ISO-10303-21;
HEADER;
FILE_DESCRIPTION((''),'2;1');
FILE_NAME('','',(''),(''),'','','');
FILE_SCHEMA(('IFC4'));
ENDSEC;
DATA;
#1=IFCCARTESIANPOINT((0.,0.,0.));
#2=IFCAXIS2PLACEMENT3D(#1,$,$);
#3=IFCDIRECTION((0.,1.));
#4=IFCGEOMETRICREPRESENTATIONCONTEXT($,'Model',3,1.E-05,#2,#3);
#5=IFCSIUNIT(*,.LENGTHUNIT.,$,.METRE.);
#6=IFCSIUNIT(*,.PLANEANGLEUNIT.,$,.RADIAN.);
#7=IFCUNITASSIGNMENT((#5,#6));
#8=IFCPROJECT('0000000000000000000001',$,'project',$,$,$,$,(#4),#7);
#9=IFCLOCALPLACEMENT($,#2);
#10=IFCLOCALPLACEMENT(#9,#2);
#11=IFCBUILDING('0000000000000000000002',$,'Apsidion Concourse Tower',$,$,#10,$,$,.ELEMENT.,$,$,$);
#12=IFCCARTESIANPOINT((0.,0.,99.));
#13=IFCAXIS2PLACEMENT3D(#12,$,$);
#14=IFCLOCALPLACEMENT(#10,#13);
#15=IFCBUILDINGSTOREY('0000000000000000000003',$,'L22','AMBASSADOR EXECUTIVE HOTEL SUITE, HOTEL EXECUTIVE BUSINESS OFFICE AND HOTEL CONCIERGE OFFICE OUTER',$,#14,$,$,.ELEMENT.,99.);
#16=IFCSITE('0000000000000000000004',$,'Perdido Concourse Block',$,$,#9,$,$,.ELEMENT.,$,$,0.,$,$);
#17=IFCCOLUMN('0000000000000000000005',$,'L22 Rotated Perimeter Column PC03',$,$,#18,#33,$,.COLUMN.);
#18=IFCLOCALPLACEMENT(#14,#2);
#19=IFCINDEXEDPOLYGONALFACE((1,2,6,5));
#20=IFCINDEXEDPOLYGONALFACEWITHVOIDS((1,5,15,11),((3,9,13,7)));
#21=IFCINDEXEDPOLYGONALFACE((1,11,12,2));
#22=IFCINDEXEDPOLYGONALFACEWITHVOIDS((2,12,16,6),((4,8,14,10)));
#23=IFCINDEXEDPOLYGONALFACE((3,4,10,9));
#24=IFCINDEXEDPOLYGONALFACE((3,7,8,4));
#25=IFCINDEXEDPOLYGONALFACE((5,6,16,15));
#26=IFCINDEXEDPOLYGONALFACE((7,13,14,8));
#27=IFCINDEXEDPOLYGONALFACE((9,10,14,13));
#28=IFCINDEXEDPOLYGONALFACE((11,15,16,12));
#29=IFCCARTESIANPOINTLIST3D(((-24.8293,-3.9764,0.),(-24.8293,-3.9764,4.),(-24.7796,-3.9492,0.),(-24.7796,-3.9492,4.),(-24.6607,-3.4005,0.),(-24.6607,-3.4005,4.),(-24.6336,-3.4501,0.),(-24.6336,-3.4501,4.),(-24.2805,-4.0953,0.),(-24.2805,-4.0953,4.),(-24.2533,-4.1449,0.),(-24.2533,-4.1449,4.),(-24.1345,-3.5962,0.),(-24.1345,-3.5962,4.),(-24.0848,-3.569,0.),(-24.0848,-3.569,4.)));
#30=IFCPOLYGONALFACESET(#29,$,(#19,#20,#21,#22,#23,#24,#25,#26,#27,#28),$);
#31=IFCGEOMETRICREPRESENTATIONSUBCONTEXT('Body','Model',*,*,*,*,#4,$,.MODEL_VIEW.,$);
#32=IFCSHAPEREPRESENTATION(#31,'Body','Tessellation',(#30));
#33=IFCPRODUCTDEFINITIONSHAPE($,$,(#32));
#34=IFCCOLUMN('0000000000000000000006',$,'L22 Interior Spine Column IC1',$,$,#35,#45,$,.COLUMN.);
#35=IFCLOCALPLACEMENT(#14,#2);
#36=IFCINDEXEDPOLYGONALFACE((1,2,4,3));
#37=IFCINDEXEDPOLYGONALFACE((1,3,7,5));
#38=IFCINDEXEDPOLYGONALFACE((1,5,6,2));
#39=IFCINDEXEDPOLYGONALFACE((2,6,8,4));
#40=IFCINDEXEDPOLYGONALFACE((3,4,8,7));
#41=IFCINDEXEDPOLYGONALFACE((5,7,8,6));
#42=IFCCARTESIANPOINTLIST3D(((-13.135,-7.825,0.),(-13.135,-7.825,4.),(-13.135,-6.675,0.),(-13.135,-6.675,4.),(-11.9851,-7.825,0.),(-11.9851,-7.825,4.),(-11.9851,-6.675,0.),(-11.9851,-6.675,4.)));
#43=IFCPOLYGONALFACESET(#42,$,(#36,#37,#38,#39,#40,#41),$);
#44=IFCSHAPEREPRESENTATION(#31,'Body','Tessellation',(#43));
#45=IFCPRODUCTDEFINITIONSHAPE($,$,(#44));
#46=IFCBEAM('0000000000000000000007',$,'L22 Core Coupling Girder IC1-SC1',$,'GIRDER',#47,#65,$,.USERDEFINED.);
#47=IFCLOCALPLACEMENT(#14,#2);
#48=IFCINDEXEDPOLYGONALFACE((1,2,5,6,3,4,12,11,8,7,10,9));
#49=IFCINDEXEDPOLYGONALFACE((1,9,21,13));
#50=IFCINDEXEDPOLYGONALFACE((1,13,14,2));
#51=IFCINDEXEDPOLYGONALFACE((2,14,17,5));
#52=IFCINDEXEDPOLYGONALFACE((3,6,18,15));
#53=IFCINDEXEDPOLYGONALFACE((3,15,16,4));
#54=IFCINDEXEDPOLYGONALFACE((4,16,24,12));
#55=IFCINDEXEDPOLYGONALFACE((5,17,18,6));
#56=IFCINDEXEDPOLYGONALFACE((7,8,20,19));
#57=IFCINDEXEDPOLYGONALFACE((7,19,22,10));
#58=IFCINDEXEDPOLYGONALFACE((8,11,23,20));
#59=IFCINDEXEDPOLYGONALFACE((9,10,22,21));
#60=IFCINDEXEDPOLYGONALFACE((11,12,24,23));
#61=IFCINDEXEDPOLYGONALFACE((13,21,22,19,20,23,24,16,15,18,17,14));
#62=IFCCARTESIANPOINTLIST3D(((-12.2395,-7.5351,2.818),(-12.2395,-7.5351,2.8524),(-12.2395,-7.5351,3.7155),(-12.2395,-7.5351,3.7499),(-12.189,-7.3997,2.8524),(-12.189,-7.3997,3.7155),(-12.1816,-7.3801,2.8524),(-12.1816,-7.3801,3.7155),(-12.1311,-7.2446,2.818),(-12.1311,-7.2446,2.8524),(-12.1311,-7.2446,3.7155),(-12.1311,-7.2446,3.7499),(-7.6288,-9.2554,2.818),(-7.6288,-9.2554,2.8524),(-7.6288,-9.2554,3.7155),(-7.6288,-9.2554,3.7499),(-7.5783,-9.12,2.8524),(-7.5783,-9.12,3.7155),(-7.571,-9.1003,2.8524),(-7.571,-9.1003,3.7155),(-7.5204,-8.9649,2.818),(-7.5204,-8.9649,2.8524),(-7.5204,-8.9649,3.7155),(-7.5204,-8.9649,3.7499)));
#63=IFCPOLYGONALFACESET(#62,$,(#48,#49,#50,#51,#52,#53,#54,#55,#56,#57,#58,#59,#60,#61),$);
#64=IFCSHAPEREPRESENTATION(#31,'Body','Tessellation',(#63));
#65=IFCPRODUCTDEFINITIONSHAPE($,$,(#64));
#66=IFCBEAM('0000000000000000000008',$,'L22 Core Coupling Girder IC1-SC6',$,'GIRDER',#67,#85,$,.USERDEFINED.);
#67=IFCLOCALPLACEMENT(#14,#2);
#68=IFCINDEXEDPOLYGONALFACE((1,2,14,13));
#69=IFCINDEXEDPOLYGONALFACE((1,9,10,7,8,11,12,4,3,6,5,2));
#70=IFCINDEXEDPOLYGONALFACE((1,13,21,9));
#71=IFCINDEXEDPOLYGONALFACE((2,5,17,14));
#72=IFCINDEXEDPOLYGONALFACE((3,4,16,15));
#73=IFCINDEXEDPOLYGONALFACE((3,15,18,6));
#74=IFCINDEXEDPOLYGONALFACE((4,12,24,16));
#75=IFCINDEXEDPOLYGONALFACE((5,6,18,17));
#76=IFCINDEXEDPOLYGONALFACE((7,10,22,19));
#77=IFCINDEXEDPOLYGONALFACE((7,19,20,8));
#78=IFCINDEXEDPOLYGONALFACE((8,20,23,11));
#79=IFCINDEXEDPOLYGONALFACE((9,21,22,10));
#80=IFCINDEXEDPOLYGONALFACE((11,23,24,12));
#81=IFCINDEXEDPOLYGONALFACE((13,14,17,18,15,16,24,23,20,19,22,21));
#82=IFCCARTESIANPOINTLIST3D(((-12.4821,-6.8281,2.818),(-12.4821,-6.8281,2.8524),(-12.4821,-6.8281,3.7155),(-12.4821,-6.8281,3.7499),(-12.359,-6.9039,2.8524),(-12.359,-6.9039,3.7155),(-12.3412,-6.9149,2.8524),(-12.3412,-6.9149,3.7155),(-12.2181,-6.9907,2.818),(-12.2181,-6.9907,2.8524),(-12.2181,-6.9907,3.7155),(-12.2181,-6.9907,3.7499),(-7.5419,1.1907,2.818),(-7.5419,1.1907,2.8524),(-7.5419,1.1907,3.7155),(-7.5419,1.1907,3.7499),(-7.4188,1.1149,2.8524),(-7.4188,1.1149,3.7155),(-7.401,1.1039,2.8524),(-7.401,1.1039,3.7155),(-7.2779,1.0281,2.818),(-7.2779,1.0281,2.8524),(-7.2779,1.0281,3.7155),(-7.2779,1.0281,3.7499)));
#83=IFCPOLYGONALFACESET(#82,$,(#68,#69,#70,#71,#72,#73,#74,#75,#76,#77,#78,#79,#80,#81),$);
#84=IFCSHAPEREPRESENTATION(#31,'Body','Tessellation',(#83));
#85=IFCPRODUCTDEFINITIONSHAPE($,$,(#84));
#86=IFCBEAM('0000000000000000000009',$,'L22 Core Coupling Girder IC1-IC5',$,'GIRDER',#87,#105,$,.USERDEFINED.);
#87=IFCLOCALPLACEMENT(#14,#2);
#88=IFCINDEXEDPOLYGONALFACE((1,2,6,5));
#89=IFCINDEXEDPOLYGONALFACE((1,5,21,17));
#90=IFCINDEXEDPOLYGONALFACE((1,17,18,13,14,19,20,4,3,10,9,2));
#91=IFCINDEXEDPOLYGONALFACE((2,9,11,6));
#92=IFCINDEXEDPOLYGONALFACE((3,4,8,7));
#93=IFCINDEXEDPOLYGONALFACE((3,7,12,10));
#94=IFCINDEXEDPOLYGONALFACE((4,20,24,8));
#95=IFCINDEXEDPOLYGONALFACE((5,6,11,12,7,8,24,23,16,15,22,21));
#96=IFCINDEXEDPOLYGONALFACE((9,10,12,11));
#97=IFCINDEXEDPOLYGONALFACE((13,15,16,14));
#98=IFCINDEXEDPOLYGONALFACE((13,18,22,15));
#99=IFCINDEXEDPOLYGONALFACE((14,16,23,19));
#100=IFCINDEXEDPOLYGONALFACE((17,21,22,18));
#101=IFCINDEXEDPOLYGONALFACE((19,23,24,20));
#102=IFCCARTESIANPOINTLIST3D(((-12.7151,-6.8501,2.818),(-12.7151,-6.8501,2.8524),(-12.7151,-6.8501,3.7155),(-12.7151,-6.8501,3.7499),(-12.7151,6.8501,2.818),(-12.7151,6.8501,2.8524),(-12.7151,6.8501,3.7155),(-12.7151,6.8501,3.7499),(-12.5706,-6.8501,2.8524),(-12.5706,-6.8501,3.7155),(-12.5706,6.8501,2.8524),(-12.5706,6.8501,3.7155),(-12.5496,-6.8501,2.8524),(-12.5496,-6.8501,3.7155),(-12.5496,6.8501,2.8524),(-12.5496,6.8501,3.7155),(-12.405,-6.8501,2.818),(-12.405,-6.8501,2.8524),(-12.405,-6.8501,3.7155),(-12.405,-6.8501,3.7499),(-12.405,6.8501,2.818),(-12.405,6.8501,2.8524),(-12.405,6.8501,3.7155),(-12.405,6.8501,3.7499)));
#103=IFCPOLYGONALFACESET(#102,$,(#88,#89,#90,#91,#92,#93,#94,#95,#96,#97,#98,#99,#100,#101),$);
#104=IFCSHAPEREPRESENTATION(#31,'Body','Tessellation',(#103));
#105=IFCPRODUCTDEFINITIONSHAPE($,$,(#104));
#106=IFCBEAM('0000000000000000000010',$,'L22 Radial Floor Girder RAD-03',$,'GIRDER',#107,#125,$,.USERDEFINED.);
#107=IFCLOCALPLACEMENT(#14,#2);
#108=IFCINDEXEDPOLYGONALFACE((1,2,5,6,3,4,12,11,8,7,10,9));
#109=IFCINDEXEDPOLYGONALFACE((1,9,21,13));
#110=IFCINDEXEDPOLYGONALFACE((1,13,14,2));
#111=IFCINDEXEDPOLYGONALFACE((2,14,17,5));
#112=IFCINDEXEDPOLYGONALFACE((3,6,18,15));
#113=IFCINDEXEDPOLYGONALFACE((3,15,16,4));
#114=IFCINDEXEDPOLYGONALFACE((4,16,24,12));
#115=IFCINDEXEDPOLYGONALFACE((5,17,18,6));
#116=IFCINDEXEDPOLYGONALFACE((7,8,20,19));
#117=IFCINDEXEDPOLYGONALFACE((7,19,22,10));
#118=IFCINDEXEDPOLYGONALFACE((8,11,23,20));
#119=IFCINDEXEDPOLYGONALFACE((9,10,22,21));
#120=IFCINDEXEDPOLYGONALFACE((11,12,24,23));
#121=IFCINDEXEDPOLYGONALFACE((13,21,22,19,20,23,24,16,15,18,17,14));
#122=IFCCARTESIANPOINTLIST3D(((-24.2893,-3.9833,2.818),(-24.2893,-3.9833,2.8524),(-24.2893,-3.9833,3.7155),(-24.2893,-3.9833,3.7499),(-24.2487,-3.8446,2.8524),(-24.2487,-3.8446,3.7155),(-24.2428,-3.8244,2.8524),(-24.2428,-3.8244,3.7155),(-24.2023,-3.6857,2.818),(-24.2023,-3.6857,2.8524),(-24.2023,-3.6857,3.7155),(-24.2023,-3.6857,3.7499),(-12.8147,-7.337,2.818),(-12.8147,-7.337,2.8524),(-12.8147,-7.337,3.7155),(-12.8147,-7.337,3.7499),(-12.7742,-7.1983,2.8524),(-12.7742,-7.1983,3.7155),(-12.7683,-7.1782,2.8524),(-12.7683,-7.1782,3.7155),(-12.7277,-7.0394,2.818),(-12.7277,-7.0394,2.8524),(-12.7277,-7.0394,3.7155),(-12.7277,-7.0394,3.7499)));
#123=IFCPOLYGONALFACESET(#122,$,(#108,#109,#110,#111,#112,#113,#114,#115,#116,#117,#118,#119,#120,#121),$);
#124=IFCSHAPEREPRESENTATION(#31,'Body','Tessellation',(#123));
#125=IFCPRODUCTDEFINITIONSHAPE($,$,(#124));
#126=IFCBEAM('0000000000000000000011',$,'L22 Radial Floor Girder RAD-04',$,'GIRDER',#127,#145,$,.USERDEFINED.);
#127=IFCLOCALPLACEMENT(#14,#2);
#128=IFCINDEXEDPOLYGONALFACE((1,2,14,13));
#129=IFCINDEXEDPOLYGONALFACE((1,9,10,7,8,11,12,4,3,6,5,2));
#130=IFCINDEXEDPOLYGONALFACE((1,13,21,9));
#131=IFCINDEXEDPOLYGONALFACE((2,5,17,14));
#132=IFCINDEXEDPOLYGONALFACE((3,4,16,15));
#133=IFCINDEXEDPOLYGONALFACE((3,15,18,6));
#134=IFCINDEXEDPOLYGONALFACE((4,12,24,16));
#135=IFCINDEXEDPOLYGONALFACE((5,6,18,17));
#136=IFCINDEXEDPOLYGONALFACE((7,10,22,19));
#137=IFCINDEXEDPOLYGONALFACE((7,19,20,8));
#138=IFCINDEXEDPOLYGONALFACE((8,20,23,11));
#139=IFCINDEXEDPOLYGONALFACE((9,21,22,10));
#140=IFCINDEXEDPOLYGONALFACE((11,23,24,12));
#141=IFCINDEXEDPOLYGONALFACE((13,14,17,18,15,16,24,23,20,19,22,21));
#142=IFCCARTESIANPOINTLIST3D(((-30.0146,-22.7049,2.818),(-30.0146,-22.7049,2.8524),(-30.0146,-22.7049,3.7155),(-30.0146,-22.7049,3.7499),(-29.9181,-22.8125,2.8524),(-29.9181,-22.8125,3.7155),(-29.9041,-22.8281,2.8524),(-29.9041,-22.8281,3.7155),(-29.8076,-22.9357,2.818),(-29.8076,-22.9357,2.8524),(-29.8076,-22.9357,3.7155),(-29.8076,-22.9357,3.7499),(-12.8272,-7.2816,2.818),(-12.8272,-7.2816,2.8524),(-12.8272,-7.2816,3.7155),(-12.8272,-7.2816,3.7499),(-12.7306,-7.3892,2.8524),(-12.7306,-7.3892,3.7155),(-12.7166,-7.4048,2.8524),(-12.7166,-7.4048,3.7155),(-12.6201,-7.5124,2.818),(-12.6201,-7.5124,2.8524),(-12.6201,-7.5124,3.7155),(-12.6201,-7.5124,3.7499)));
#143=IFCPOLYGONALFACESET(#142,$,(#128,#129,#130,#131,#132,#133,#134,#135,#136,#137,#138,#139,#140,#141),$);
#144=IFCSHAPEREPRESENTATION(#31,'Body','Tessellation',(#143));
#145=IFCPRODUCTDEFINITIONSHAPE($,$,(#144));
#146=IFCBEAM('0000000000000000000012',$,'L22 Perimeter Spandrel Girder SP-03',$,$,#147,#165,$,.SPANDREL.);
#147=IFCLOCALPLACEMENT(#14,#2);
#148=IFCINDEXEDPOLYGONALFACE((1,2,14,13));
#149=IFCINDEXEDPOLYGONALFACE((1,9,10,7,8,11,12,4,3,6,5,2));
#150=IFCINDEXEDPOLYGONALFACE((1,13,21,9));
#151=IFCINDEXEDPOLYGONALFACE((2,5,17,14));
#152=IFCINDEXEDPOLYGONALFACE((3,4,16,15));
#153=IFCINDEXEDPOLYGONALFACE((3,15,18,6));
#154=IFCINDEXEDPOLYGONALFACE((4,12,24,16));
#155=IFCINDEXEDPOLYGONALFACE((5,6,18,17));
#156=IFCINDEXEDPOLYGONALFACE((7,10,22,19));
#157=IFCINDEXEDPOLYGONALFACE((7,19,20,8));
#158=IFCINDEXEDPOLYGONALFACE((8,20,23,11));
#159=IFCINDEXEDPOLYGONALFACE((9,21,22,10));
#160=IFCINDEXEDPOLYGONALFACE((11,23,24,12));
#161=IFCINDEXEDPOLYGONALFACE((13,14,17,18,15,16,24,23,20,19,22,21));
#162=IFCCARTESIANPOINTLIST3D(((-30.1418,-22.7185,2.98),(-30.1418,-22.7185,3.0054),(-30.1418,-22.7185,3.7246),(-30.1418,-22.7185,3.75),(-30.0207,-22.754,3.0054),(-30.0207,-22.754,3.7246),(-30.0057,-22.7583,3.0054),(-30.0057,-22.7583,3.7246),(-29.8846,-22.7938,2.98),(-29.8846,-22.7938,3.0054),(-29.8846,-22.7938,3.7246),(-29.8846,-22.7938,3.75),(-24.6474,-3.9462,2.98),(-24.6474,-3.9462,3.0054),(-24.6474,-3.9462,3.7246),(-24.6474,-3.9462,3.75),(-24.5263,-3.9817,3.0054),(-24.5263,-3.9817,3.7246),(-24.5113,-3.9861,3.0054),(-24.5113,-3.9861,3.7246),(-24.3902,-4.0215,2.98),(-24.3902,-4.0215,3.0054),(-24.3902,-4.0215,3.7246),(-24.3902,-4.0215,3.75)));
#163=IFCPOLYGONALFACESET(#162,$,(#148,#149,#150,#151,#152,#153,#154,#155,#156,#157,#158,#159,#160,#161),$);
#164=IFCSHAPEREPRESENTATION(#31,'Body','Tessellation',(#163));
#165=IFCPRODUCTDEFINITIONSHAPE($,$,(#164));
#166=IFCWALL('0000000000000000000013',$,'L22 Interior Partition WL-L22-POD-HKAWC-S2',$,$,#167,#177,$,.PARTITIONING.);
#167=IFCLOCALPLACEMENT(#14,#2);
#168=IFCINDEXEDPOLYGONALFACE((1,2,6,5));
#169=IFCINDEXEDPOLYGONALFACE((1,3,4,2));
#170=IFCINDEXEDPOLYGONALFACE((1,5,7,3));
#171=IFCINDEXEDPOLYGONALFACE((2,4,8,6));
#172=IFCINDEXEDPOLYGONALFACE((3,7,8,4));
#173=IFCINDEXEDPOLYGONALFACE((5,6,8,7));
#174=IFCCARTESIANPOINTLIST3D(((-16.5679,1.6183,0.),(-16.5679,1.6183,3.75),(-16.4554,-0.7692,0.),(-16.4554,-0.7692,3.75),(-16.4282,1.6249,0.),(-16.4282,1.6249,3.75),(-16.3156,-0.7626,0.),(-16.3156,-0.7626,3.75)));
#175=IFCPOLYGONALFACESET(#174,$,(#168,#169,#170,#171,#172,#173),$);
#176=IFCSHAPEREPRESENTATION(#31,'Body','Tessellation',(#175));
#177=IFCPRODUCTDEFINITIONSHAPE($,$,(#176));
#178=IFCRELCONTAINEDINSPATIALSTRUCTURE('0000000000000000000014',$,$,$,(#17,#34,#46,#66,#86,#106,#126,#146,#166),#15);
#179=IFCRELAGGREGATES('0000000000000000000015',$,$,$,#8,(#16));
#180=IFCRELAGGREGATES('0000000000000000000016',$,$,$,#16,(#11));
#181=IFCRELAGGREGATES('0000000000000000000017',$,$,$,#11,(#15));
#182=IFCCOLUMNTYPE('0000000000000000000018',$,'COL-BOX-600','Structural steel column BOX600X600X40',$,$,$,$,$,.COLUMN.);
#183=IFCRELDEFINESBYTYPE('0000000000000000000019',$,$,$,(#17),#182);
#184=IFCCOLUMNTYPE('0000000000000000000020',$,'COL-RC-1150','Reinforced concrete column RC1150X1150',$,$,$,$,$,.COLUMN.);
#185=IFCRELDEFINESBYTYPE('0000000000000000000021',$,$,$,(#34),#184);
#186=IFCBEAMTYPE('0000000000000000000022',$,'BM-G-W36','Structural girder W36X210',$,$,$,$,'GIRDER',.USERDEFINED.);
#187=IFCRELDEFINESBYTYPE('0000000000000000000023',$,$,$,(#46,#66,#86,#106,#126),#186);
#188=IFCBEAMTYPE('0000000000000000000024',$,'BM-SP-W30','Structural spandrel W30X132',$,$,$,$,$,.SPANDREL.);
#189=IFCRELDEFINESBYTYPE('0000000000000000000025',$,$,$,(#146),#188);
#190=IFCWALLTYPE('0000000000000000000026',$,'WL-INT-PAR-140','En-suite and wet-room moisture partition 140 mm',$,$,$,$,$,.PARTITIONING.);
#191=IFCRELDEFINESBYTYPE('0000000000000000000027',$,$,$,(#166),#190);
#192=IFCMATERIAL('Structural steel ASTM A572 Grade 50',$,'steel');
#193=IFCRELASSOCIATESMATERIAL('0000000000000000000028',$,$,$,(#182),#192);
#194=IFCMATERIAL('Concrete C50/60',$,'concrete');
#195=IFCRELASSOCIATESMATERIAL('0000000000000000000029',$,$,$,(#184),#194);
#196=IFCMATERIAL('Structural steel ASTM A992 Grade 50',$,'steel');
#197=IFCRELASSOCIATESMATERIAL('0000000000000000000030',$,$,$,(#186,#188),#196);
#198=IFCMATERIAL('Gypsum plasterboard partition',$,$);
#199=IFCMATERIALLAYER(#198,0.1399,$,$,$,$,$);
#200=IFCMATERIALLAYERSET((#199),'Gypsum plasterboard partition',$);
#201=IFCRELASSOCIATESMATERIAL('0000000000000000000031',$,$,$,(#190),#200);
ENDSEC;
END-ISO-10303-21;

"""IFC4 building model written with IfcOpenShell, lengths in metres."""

from ifc_helpers import new_model, si_unit, direction, frame, frame_2d, origin, origin_2d, place, context, subcontext, project, spatial, rectangle, hollow_rectangle, i_section, extrude, material, layer, layer_set, material_profile, profile_set, type_object, element, save


model = new_model("IFC4")

# Units and contexts
model_context = context("Model", 3, precision=1e-05, world=origin(), true_north=direction((0.0, 1.0)))
body_context = subcontext(model_context, "Body", "Model", "MODEL_VIEW")
ifc_project = project(units=[si_unit("LENGTHUNIT", "METRE"), si_unit("PLANEANGLEUNIT", "RADIAN")], contexts=[model_context])

# Site, building, storey
site_placement = place(None, origin())
site = spatial("IfcSite", under=ifc_project, at=site_placement, Name="Perdido Concourse Block", CompositionType="ELEMENT", RefElevation=0.0)
building_placement = place(site_placement, origin())
building = spatial("IfcBuilding", under=site, at=building_placement, Name="Apsidion Concourse Tower", CompositionType="ELEMENT")
storey_placement = place(building_placement, frame((0.0, 0.0, 99.0)))
storey = spatial("IfcBuildingStorey", under=building, at=storey_placement, Name="L22", Description="AMBASSADOR EXECUTIVE HOTEL SUITE, HOTEL EXECUTIVE BUSINESS OFFICE AND HOTEL CONCIERGE OFFICE OUTER", CompositionType="ELEMENT", Elevation=99.0)

# Columns
ifc_material_1 = material(Name="Structural steel ASTM A572 Grade 50", Category="steel")
ifc_material_profile_1 = material_profile(ifc_material_1, hollow_rectangle(XDim=0.6001, YDim=0.6001, WallThickness=0.04, at=origin_2d()), Name="BOX600X600X40")
ifc_profile_set_1 = profile_set([ifc_material_profile_1], Name="Structural steel ASTM A572 Grade 50")
column_type_1 = type_object("IfcColumnType", Name="COL-BOX-600", Description="Structural steel column BOX600X600X40", PredefinedType="COLUMN", material=ifc_profile_set_1)
column_1_placement = place(storey_placement, frame((-24.457, -3.7727, 0.0), z_axis=(0.0, 0.0, 1.0), x_axis=(0.280834, 0.959756, 0.0)))
element("IfcColumn", 1, at=column_1_placement, inside=storey, type_object=column_type_1, Name="L22 Rotated Perimeter Column PC03", PredefinedType="COLUMN", context=body_context, shape_type="SweptSolid", body=[
    extrude(hollow_rectangle(XDim=0.6001, YDim=0.6001, WallThickness=0.04, at=origin_2d()), origin(), (0.0, 0.0, 1.0), 4.0),
])
ifc_material_2 = material(Name="Concrete C50/60", Category="concrete")
ifc_material_profile_2 = material_profile(ifc_material_2, rectangle(XDim=1.1499, YDim=1.1499, at=origin_2d()), Name="RC 1150x1150")
ifc_profile_set_2 = profile_set([ifc_material_profile_2], Name="Concrete C50/60")
column_type_2 = type_object("IfcColumnType", Name="COL-RC-1150", Description="Reinforced concrete column RC1150X1150", PredefinedType="COLUMN", material=ifc_profile_set_2)
column_2_placement = place(storey_placement, frame((-12.5601, -7.25, 0.0), z_axis=(0.0, 0.0, 1.0), x_axis=(1.0, 0.0, 0.0)))
element("IfcColumn", 2, at=column_2_placement, inside=storey, type_object=column_type_2, Name="L22 Interior Spine Column IC1", PredefinedType="COLUMN", context=body_context, shape_type="SweptSolid", body=[
    extrude(rectangle(XDim=1.1499, YDim=1.1499, at=origin_2d()), origin(), (0.0, 0.0, 1.0), 4.0),
])

# Beams
ifc_material_3 = material(Name="Structural steel ASTM A992 Grade 50", Category="steel")
ifc_material_profile_3 = material_profile(ifc_material_3, i_section(OverallWidth=0.3101, OverallDepth=0.9319, WebThickness=0.021, FlangeThickness=0.0344, at=origin_2d()), Name="W36X210")
ifc_profile_set_3 = profile_set([ifc_material_profile_3], Name="Structural steel ASTM A992 Grade 50")
beam_type_1 = type_object("IfcBeamType", Name="BM-G-W36", Description="Structural girder W36X210", ElementType="GIRDER", PredefinedType="USERDEFINED", material=ifc_profile_set_3)
beam_1_placement = place(storey_placement, frame((-12.1853, -7.3899, 3.2839), z_axis=(0.936913, -0.349563, 0.0), x_axis=(0.349563, 0.936913, 0.0)))
element("IfcBeam", 3, at=beam_1_placement, inside=storey, type_object=beam_type_1, Name="L22 Core Coupling Girder IC1-SC1", ObjectType="GIRDER", PredefinedType="USERDEFINED", context=body_context, shape_type="SweptSolid", body=[
    extrude(i_section(OverallWidth=0.3101, OverallDepth=0.9319, WebThickness=0.021, FlangeThickness=0.0344, at=origin_2d()), origin(), (0.0, 0.0, 1.0), 4.9211),
])
beam_2_placement = place(storey_placement, frame((-12.3501, -6.9094, 3.2839), z_axis=(0.524524, 0.851396, 0.0), x_axis=(-0.851396, 0.524524, 0.0)))
element("IfcBeam", 4, at=beam_2_placement, inside=storey, type_object=beam_type_1, Name="L22 Core Coupling Girder IC1-SC6", ObjectType="GIRDER", PredefinedType="USERDEFINED", context=body_context, shape_type="SweptSolid", body=[
    extrude(i_section(OverallWidth=0.3101, OverallDepth=0.9319, WebThickness=0.021, FlangeThickness=0.0344, at=origin_2d()), origin(), (0.0, 0.0, 1.0), 9.4185),
])
beam_3_placement = place(storey_placement, frame((-12.5601, -6.8501, 3.2839), z_axis=(0.0, 1.0, 0.0), x_axis=(-1.0, 0.0, 0.0)))
element("IfcBeam", 5, at=beam_3_placement, inside=storey, type_object=beam_type_1, Name="L22 Core Coupling Girder IC1-IC5", ObjectType="GIRDER", PredefinedType="USERDEFINED", context=body_context, shape_type="SweptSolid", body=[
    extrude(i_section(OverallWidth=0.3101, OverallDepth=0.9319, WebThickness=0.021, FlangeThickness=0.0344, at=origin_2d()), origin(), (0.0, 0.0, 1.0), 13.7002),
])
beam_4_placement = place(storey_placement, frame((-12.7712, -7.1882, 3.2839), z_axis=(-0.959842, 0.280539, 0.0), x_axis=(-0.280539, -0.959842, 0.0)))
element("IfcBeam", 6, at=beam_4_placement, inside=storey, type_object=beam_type_1, Name="L22 Radial Floor Girder RAD-03", ObjectType="GIRDER", PredefinedType="USERDEFINED", context=body_context, shape_type="SweptSolid", body=[
    extrude(i_section(OverallWidth=0.3101, OverallDepth=0.9319, WebThickness=0.021, FlangeThickness=0.0344, at=origin_2d()), origin(), (0.0, 0.0, 1.0), 11.9546),
])
beam_5_placement = place(storey_placement, frame((-12.7236, -7.397, 3.2839), z_axis=(-0.744271, -0.667878, 0.0), x_axis=(0.667878, -0.744271, 0.0)))
element("IfcBeam", 7, at=beam_5_placement, inside=storey, type_object=beam_type_1, Name="L22 Radial Floor Girder RAD-04", ObjectType="GIRDER", PredefinedType="USERDEFINED", context=body_context, shape_type="SweptSolid", body=[
    extrude(i_section(OverallWidth=0.3101, OverallDepth=0.9319, WebThickness=0.021, FlangeThickness=0.0344, at=origin_2d()), origin(), (0.0, 0.0, 1.0), 23.093),
])
ifc_material_profile_4 = material_profile(ifc_material_3, i_section(OverallWidth=0.2681, OverallDepth=0.77, WebThickness=0.0156, FlangeThickness=0.0254, at=origin_2d()), Name="W30X132")
ifc_profile_set_4 = profile_set([ifc_material_profile_4], Name="Structural steel ASTM A992 Grade 50")
beam_type_2 = type_object("IfcBeamType", Name="BM-SP-W30", Description="Structural spandrel W30X132", PredefinedType="SPANDREL", material=ifc_profile_set_4)
beam_6_placement = place(storey_placement, frame((-24.5188, -3.9839, 3.365), z_axis=(-0.280902, -0.959736, 0.0), x_axis=(0.959736, -0.280902, 0.0)))
element("IfcBeam", 8, at=beam_6_placement, inside=storey, type_object=beam_type_2, Name="L22 Perimeter Spandrel Girder SP-03", PredefinedType="SPANDREL", context=body_context, shape_type="SweptSolid", body=[
    extrude(i_section(OverallWidth=0.2681, OverallDepth=0.77, WebThickness=0.0156, FlangeThickness=0.0254, at=origin_2d()), origin(), (0.0, 0.0, 1.0), 19.5598),
])

# Wall
ifc_material_4 = material(Name="Gypsum plasterboard partition")
ifc_layer_1 = layer(ifc_material_4, 0.1399)
ifc_layer_set_1 = layer_set([ifc_layer_1], Name="Gypsum plasterboard partition")
wall_type_1 = type_object("IfcWallType", Name="WL-INT-PAR-140", Description="En-suite and wet-room moisture partition 140 mm", PredefinedType="PARTITIONING", material=ifc_layer_set_1)
wall_1_placement = place(storey_placement, frame((-16.498, 1.6216, 0.0), z_axis=(0.0, 0.0, 1.0), x_axis=(0.04709, -0.998891, 0.0)))
element("IfcWall", 9, at=wall_1_placement, inside=storey, type_object=wall_type_1, Name="L22 Interior Partition WL-L22-POD-HKAWC-S2", PredefinedType="PARTITIONING", context=body_context, shape_type="SweptSolid", body=[
    extrude(rectangle(XDim=2.3901, YDim=0.1399, at=frame_2d((1.1951, 0.0))), origin(), (0.0, 0.0, 1.0), 3.75),
])

save(model, "model.ifc")
